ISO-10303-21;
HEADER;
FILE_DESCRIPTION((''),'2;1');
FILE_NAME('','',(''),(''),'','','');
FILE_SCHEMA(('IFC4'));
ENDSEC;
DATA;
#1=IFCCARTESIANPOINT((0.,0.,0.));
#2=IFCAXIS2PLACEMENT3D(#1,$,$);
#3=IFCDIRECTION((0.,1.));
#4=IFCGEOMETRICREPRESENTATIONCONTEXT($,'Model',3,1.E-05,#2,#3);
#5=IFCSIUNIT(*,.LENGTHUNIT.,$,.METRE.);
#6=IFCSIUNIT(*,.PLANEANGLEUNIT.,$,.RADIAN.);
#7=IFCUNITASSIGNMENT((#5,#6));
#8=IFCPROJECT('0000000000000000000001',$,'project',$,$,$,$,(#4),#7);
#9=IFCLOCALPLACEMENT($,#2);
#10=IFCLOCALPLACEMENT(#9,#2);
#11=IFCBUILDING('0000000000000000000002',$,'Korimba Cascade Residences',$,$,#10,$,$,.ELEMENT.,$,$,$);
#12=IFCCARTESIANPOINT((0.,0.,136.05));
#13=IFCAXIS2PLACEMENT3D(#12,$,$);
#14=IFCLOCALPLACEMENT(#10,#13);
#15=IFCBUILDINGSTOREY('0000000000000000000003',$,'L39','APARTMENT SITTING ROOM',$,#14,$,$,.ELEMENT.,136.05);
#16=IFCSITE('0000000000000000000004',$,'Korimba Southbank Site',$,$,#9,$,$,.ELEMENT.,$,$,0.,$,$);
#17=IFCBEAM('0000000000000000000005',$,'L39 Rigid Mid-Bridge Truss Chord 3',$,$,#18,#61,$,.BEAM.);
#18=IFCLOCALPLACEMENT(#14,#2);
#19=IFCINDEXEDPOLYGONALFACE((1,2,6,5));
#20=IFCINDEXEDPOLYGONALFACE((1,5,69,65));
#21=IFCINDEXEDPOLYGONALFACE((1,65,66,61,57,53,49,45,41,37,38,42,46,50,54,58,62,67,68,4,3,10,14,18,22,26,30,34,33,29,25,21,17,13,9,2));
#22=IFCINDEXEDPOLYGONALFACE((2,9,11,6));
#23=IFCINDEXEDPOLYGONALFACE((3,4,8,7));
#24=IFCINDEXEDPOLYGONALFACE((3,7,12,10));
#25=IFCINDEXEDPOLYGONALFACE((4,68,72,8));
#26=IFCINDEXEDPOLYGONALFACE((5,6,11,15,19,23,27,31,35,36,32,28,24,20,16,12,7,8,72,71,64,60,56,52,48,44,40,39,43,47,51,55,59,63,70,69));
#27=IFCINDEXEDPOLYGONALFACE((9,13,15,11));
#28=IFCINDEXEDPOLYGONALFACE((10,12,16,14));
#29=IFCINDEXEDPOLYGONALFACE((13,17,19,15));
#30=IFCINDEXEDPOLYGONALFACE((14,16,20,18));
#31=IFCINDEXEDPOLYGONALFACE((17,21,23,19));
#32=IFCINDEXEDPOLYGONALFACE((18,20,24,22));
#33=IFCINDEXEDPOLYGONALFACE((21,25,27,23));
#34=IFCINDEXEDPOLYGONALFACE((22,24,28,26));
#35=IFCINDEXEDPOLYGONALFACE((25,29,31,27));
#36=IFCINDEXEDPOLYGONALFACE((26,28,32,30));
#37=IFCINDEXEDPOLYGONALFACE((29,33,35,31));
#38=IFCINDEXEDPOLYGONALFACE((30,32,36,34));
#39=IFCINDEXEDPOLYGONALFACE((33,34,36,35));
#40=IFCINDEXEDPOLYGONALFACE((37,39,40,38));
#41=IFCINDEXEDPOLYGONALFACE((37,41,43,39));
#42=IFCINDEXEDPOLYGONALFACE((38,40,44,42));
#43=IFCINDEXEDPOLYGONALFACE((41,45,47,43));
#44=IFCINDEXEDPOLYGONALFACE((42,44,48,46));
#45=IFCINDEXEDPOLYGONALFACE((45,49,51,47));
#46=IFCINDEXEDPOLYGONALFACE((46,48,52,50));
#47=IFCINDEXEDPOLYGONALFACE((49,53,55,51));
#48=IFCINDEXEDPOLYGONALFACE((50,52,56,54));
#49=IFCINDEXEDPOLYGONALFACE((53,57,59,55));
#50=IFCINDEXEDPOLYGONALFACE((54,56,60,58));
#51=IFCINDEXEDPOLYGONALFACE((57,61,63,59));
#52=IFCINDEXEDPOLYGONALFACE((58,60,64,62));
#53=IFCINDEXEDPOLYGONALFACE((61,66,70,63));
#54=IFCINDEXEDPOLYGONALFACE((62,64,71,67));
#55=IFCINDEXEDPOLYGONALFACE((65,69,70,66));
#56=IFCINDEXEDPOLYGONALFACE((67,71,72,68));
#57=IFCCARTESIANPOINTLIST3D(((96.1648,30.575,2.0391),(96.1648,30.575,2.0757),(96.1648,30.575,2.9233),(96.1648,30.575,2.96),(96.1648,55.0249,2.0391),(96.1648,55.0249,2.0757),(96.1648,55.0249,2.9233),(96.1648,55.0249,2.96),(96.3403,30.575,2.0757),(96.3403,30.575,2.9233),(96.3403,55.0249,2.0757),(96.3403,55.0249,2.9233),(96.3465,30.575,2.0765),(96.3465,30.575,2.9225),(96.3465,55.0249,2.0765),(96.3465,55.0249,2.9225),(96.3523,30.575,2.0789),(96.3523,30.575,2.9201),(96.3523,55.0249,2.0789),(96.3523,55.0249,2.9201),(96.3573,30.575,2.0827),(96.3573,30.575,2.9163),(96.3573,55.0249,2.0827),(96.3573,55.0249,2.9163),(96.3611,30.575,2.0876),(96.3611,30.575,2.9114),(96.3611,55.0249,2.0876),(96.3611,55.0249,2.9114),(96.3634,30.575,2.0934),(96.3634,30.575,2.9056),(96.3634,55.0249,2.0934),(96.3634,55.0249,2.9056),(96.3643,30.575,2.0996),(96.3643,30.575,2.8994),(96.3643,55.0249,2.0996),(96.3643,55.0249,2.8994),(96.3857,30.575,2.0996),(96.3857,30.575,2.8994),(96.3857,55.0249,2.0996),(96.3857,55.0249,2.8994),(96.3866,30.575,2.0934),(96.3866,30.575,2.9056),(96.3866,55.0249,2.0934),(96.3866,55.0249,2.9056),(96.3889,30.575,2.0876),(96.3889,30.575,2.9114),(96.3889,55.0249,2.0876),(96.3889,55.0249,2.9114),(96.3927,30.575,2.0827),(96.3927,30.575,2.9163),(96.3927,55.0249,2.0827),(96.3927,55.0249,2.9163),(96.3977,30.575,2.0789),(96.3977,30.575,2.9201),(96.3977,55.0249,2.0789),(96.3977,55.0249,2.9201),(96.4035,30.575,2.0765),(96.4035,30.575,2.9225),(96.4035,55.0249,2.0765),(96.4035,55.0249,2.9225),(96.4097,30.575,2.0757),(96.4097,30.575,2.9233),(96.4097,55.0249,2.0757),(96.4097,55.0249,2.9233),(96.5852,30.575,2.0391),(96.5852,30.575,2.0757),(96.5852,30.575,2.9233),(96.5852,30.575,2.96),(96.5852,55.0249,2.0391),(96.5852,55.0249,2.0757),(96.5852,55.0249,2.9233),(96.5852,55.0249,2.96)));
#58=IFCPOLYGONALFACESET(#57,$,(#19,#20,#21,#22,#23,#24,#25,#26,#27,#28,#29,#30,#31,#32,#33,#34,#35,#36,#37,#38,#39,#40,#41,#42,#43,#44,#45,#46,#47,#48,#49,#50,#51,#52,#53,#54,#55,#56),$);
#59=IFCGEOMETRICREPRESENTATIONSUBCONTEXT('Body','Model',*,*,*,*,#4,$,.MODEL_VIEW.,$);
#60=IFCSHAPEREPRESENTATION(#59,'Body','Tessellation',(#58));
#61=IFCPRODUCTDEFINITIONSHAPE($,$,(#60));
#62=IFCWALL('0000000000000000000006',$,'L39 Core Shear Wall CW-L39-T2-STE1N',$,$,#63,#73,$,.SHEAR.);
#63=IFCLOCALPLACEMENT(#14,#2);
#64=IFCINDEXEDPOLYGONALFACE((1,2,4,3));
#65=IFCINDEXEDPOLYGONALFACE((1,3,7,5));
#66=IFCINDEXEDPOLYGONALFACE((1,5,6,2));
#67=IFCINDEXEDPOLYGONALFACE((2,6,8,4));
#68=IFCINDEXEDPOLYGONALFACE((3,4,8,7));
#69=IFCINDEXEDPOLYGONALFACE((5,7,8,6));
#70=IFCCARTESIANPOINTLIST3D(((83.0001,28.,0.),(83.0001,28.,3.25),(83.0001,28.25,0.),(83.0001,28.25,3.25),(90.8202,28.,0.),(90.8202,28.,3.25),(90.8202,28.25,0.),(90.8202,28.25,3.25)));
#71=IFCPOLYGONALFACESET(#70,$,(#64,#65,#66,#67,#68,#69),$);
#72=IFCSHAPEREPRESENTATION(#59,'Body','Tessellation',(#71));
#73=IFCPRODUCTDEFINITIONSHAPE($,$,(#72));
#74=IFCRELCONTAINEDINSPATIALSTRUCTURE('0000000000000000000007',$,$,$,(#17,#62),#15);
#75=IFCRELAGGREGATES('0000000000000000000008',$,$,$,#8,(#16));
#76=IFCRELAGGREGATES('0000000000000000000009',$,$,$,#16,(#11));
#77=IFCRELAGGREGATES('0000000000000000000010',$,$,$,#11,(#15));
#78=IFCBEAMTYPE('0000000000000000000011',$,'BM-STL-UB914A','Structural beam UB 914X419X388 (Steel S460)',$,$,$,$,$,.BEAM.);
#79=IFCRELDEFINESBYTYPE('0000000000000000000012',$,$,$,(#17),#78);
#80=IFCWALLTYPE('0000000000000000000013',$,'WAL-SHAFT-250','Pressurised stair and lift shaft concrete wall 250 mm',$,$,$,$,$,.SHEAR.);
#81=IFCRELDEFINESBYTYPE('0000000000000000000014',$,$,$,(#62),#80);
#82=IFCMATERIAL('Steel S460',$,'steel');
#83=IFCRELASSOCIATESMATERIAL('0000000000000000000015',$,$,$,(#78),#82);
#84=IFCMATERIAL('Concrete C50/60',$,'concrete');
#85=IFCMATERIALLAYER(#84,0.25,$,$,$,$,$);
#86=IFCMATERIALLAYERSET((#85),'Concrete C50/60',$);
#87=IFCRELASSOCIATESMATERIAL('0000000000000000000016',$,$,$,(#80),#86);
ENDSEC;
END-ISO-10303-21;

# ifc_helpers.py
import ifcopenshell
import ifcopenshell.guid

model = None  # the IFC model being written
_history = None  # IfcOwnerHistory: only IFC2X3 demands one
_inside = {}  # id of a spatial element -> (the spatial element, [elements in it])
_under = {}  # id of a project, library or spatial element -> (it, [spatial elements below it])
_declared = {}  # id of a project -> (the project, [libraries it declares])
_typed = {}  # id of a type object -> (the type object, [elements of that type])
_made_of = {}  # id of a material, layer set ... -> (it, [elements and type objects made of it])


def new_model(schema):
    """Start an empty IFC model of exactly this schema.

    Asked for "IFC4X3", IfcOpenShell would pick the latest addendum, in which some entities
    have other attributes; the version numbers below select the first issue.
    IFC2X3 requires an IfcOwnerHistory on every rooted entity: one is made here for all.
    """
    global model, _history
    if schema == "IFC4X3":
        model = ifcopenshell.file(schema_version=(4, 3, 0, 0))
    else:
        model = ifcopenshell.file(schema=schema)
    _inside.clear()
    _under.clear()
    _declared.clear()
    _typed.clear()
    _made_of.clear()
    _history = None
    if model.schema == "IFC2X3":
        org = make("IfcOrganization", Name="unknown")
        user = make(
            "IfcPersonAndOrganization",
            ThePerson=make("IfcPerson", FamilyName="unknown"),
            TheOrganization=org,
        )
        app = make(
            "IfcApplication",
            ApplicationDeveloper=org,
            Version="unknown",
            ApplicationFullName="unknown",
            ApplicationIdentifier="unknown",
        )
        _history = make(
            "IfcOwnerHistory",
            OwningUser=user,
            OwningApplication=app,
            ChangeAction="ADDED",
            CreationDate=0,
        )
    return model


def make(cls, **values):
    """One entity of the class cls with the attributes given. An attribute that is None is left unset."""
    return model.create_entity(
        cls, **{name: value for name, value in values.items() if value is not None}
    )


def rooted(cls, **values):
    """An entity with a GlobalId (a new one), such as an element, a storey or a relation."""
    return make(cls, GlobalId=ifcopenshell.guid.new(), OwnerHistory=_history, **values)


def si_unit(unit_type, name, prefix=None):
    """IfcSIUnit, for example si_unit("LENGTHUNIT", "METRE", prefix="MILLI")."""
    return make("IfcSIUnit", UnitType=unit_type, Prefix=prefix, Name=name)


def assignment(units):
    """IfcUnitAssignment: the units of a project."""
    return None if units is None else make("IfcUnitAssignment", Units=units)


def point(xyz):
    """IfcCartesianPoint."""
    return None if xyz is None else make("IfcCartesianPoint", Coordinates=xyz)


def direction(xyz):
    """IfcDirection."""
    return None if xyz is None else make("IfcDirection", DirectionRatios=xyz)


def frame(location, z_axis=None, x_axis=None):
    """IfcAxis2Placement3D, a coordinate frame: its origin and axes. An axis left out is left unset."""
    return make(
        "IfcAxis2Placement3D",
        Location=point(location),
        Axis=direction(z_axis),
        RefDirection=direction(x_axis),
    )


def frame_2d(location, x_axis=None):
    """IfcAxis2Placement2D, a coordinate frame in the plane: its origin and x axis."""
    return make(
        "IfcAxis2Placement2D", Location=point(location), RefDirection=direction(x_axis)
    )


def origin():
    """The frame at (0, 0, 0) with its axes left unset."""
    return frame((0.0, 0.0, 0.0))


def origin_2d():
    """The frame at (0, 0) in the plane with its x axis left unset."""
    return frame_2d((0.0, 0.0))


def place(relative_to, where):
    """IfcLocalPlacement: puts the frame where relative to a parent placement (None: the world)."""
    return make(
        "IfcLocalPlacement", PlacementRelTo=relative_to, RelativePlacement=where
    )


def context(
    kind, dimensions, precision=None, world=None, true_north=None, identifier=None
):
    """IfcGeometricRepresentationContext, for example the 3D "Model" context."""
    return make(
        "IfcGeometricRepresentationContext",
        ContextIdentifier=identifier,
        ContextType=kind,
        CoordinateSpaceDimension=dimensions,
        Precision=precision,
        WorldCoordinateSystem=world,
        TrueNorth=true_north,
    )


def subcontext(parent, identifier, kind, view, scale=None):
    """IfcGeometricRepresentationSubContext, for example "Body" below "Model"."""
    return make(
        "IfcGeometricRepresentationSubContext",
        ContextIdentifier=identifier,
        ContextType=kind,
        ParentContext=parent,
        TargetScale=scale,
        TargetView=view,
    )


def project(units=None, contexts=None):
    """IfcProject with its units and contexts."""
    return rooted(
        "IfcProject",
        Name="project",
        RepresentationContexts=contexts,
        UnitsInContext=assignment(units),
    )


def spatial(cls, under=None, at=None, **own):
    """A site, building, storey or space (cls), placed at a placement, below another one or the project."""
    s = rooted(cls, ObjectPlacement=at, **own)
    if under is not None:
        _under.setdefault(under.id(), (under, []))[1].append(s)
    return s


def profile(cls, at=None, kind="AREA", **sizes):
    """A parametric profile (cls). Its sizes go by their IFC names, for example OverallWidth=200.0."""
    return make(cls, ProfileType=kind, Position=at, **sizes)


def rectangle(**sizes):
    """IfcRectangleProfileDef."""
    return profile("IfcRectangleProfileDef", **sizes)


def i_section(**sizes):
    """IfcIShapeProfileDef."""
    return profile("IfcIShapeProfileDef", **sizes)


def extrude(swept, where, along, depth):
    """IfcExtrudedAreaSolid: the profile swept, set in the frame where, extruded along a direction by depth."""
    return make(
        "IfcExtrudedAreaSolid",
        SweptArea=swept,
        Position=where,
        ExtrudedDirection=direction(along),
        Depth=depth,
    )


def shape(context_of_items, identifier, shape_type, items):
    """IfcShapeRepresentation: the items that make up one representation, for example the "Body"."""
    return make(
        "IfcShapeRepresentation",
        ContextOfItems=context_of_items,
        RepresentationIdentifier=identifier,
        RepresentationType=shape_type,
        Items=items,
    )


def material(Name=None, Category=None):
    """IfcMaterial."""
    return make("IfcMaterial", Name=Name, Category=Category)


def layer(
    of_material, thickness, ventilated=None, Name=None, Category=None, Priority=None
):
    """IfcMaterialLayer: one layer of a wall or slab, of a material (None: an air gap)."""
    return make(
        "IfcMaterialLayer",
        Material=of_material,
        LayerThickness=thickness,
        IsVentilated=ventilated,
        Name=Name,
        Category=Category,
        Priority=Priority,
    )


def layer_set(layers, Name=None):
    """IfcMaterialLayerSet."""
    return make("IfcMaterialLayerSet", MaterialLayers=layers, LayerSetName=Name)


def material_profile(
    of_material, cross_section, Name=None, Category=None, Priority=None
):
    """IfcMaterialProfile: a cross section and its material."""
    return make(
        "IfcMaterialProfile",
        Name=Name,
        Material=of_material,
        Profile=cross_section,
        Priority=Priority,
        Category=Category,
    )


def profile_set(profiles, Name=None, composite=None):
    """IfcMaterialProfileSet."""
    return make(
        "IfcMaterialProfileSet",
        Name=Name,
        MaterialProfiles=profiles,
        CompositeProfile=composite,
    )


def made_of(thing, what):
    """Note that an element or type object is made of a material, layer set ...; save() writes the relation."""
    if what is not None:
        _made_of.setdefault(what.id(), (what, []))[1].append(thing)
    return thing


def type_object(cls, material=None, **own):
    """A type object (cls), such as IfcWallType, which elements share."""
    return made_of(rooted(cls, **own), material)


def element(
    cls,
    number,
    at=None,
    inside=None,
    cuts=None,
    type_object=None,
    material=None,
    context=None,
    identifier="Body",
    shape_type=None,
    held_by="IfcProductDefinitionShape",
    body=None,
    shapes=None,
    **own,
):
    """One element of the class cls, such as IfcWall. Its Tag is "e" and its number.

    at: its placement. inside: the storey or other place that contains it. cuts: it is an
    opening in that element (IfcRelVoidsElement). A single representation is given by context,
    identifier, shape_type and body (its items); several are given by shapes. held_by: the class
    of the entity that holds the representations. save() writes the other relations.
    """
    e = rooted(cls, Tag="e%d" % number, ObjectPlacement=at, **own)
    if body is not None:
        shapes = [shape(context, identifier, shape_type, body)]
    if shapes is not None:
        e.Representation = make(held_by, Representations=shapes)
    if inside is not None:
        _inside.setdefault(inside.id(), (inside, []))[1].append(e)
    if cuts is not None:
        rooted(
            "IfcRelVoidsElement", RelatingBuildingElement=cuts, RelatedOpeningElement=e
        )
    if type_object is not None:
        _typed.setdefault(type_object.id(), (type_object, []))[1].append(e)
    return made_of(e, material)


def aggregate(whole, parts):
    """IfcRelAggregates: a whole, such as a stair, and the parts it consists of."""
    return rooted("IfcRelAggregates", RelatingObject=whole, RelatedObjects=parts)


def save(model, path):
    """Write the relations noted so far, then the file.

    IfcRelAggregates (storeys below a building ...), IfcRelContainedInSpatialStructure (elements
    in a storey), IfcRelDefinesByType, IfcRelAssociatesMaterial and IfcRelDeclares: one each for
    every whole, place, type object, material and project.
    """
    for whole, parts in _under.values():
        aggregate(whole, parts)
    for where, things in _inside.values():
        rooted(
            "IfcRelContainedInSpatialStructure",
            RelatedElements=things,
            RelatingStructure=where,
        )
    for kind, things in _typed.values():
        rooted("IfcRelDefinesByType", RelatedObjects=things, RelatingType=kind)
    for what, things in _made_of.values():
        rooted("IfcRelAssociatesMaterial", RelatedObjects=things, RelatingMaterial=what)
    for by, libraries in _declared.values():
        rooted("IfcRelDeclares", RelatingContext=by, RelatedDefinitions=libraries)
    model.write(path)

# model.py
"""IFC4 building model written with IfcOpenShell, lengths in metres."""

from ifc_helpers import new_model, si_unit, direction, frame, frame_2d, origin, origin_2d, place, context, subcontext, project, spatial, rectangle, i_section, extrude, material, layer, layer_set, material_profile, profile_set, type_object, element, save


model = new_model("IFC4")

# Units and contexts
model_context = context("Model", 3, precision=1e-05, world=origin(), true_north=direction((0.0, 1.0)))
body_context = subcontext(model_context, "Body", "Model", "MODEL_VIEW")
ifc_project = project(units=[si_unit("LENGTHUNIT", "METRE"), si_unit("PLANEANGLEUNIT", "RADIAN")], contexts=[model_context])

# Site, building, storey
site_placement = place(None, origin())
site = spatial("IfcSite", under=ifc_project, at=site_placement, Name="Korimba Southbank Site", CompositionType="ELEMENT", RefElevation=0.0)
building_placement = place(site_placement, origin())
building = spatial("IfcBuilding", under=site, at=building_placement, Name="Korimba Cascade Residences", CompositionType="ELEMENT")
storey_placement = place(building_placement, frame((0.0, 0.0, 136.05)))
storey = spatial("IfcBuildingStorey", under=building, at=storey_placement, Name="L39", Description="APARTMENT SITTING ROOM", CompositionType="ELEMENT", Elevation=136.05)

# Beam
ifc_material_1 = material(Name="Steel S460", Category="steel")
ifc_material_profile_1 = material_profile(ifc_material_1, i_section(OverallWidth=0.4204, OverallDepth=0.9209, WebThickness=0.0215, FlangeThickness=0.0366, FilletRadius=0.0239, at=origin_2d()), Name="Steel S460")
ifc_profile_set_1 = profile_set([ifc_material_profile_1], Name="Steel S460")
beam_type_1 = type_object("IfcBeamType", Name="BM-STL-UB914A", Description="Structural beam UB 914X419X388 (Steel S460)", PredefinedType="BEAM", material=ifc_profile_set_1)
for number, where, z_axis, x_axis, name in (
    (1, (96.375, 30.575, 2.4995), (0.0, 1.0, 0.0), (-1.0, 0.0, 0.0), "L39 Rigid Mid-Bridge Truss Chord 3"),
):
    element("IfcBeam", number, at=place(storey_placement, frame(where, z_axis=z_axis, x_axis=x_axis)), inside=storey, type_object=beam_type_1, Name=name, PredefinedType="BEAM", context=body_context, shape_type="SweptSolid", body=[
        extrude(i_section(OverallWidth=0.4204, OverallDepth=0.9209, WebThickness=0.0215, FlangeThickness=0.0366, FilletRadius=0.0239, at=origin_2d()), origin(), (0.0, 0.0, 1.0), 24.45),
    ])

# Wall
ifc_material_2 = material(Name="Concrete C50/60", Category="concrete")
ifc_layer = layer(ifc_material_2, 0.25)
ifc_layer_set = layer_set([ifc_layer], Name="Concrete C50/60")
wall_type = type_object("IfcWallType", Name="WAL-SHAFT-250", Description="Pressurised stair and lift shaft concrete wall 250 mm", PredefinedType="SHEAR", material=ifc_layer_set)
wall_placement = place(storey_placement, frame((83.0, 28.125, 0.0), z_axis=(0.0, 0.0, 1.0), x_axis=(1.0, 0.0, 0.0)))
element("IfcWall", 2, at=wall_placement, inside=storey, type_object=wall_type, Name="L39 Core Shear Wall CW-L39-T2-STE1N", PredefinedType="SHEAR", context=body_context, shape_type="SweptSolid", body=[
    extrude(rectangle(XDim=7.8201, YDim=0.25, at=frame_2d((3.9102, 0.0))), origin(), (0.0, 0.0, 1.0), 3.25),
])

save(model, "model.ifc")
